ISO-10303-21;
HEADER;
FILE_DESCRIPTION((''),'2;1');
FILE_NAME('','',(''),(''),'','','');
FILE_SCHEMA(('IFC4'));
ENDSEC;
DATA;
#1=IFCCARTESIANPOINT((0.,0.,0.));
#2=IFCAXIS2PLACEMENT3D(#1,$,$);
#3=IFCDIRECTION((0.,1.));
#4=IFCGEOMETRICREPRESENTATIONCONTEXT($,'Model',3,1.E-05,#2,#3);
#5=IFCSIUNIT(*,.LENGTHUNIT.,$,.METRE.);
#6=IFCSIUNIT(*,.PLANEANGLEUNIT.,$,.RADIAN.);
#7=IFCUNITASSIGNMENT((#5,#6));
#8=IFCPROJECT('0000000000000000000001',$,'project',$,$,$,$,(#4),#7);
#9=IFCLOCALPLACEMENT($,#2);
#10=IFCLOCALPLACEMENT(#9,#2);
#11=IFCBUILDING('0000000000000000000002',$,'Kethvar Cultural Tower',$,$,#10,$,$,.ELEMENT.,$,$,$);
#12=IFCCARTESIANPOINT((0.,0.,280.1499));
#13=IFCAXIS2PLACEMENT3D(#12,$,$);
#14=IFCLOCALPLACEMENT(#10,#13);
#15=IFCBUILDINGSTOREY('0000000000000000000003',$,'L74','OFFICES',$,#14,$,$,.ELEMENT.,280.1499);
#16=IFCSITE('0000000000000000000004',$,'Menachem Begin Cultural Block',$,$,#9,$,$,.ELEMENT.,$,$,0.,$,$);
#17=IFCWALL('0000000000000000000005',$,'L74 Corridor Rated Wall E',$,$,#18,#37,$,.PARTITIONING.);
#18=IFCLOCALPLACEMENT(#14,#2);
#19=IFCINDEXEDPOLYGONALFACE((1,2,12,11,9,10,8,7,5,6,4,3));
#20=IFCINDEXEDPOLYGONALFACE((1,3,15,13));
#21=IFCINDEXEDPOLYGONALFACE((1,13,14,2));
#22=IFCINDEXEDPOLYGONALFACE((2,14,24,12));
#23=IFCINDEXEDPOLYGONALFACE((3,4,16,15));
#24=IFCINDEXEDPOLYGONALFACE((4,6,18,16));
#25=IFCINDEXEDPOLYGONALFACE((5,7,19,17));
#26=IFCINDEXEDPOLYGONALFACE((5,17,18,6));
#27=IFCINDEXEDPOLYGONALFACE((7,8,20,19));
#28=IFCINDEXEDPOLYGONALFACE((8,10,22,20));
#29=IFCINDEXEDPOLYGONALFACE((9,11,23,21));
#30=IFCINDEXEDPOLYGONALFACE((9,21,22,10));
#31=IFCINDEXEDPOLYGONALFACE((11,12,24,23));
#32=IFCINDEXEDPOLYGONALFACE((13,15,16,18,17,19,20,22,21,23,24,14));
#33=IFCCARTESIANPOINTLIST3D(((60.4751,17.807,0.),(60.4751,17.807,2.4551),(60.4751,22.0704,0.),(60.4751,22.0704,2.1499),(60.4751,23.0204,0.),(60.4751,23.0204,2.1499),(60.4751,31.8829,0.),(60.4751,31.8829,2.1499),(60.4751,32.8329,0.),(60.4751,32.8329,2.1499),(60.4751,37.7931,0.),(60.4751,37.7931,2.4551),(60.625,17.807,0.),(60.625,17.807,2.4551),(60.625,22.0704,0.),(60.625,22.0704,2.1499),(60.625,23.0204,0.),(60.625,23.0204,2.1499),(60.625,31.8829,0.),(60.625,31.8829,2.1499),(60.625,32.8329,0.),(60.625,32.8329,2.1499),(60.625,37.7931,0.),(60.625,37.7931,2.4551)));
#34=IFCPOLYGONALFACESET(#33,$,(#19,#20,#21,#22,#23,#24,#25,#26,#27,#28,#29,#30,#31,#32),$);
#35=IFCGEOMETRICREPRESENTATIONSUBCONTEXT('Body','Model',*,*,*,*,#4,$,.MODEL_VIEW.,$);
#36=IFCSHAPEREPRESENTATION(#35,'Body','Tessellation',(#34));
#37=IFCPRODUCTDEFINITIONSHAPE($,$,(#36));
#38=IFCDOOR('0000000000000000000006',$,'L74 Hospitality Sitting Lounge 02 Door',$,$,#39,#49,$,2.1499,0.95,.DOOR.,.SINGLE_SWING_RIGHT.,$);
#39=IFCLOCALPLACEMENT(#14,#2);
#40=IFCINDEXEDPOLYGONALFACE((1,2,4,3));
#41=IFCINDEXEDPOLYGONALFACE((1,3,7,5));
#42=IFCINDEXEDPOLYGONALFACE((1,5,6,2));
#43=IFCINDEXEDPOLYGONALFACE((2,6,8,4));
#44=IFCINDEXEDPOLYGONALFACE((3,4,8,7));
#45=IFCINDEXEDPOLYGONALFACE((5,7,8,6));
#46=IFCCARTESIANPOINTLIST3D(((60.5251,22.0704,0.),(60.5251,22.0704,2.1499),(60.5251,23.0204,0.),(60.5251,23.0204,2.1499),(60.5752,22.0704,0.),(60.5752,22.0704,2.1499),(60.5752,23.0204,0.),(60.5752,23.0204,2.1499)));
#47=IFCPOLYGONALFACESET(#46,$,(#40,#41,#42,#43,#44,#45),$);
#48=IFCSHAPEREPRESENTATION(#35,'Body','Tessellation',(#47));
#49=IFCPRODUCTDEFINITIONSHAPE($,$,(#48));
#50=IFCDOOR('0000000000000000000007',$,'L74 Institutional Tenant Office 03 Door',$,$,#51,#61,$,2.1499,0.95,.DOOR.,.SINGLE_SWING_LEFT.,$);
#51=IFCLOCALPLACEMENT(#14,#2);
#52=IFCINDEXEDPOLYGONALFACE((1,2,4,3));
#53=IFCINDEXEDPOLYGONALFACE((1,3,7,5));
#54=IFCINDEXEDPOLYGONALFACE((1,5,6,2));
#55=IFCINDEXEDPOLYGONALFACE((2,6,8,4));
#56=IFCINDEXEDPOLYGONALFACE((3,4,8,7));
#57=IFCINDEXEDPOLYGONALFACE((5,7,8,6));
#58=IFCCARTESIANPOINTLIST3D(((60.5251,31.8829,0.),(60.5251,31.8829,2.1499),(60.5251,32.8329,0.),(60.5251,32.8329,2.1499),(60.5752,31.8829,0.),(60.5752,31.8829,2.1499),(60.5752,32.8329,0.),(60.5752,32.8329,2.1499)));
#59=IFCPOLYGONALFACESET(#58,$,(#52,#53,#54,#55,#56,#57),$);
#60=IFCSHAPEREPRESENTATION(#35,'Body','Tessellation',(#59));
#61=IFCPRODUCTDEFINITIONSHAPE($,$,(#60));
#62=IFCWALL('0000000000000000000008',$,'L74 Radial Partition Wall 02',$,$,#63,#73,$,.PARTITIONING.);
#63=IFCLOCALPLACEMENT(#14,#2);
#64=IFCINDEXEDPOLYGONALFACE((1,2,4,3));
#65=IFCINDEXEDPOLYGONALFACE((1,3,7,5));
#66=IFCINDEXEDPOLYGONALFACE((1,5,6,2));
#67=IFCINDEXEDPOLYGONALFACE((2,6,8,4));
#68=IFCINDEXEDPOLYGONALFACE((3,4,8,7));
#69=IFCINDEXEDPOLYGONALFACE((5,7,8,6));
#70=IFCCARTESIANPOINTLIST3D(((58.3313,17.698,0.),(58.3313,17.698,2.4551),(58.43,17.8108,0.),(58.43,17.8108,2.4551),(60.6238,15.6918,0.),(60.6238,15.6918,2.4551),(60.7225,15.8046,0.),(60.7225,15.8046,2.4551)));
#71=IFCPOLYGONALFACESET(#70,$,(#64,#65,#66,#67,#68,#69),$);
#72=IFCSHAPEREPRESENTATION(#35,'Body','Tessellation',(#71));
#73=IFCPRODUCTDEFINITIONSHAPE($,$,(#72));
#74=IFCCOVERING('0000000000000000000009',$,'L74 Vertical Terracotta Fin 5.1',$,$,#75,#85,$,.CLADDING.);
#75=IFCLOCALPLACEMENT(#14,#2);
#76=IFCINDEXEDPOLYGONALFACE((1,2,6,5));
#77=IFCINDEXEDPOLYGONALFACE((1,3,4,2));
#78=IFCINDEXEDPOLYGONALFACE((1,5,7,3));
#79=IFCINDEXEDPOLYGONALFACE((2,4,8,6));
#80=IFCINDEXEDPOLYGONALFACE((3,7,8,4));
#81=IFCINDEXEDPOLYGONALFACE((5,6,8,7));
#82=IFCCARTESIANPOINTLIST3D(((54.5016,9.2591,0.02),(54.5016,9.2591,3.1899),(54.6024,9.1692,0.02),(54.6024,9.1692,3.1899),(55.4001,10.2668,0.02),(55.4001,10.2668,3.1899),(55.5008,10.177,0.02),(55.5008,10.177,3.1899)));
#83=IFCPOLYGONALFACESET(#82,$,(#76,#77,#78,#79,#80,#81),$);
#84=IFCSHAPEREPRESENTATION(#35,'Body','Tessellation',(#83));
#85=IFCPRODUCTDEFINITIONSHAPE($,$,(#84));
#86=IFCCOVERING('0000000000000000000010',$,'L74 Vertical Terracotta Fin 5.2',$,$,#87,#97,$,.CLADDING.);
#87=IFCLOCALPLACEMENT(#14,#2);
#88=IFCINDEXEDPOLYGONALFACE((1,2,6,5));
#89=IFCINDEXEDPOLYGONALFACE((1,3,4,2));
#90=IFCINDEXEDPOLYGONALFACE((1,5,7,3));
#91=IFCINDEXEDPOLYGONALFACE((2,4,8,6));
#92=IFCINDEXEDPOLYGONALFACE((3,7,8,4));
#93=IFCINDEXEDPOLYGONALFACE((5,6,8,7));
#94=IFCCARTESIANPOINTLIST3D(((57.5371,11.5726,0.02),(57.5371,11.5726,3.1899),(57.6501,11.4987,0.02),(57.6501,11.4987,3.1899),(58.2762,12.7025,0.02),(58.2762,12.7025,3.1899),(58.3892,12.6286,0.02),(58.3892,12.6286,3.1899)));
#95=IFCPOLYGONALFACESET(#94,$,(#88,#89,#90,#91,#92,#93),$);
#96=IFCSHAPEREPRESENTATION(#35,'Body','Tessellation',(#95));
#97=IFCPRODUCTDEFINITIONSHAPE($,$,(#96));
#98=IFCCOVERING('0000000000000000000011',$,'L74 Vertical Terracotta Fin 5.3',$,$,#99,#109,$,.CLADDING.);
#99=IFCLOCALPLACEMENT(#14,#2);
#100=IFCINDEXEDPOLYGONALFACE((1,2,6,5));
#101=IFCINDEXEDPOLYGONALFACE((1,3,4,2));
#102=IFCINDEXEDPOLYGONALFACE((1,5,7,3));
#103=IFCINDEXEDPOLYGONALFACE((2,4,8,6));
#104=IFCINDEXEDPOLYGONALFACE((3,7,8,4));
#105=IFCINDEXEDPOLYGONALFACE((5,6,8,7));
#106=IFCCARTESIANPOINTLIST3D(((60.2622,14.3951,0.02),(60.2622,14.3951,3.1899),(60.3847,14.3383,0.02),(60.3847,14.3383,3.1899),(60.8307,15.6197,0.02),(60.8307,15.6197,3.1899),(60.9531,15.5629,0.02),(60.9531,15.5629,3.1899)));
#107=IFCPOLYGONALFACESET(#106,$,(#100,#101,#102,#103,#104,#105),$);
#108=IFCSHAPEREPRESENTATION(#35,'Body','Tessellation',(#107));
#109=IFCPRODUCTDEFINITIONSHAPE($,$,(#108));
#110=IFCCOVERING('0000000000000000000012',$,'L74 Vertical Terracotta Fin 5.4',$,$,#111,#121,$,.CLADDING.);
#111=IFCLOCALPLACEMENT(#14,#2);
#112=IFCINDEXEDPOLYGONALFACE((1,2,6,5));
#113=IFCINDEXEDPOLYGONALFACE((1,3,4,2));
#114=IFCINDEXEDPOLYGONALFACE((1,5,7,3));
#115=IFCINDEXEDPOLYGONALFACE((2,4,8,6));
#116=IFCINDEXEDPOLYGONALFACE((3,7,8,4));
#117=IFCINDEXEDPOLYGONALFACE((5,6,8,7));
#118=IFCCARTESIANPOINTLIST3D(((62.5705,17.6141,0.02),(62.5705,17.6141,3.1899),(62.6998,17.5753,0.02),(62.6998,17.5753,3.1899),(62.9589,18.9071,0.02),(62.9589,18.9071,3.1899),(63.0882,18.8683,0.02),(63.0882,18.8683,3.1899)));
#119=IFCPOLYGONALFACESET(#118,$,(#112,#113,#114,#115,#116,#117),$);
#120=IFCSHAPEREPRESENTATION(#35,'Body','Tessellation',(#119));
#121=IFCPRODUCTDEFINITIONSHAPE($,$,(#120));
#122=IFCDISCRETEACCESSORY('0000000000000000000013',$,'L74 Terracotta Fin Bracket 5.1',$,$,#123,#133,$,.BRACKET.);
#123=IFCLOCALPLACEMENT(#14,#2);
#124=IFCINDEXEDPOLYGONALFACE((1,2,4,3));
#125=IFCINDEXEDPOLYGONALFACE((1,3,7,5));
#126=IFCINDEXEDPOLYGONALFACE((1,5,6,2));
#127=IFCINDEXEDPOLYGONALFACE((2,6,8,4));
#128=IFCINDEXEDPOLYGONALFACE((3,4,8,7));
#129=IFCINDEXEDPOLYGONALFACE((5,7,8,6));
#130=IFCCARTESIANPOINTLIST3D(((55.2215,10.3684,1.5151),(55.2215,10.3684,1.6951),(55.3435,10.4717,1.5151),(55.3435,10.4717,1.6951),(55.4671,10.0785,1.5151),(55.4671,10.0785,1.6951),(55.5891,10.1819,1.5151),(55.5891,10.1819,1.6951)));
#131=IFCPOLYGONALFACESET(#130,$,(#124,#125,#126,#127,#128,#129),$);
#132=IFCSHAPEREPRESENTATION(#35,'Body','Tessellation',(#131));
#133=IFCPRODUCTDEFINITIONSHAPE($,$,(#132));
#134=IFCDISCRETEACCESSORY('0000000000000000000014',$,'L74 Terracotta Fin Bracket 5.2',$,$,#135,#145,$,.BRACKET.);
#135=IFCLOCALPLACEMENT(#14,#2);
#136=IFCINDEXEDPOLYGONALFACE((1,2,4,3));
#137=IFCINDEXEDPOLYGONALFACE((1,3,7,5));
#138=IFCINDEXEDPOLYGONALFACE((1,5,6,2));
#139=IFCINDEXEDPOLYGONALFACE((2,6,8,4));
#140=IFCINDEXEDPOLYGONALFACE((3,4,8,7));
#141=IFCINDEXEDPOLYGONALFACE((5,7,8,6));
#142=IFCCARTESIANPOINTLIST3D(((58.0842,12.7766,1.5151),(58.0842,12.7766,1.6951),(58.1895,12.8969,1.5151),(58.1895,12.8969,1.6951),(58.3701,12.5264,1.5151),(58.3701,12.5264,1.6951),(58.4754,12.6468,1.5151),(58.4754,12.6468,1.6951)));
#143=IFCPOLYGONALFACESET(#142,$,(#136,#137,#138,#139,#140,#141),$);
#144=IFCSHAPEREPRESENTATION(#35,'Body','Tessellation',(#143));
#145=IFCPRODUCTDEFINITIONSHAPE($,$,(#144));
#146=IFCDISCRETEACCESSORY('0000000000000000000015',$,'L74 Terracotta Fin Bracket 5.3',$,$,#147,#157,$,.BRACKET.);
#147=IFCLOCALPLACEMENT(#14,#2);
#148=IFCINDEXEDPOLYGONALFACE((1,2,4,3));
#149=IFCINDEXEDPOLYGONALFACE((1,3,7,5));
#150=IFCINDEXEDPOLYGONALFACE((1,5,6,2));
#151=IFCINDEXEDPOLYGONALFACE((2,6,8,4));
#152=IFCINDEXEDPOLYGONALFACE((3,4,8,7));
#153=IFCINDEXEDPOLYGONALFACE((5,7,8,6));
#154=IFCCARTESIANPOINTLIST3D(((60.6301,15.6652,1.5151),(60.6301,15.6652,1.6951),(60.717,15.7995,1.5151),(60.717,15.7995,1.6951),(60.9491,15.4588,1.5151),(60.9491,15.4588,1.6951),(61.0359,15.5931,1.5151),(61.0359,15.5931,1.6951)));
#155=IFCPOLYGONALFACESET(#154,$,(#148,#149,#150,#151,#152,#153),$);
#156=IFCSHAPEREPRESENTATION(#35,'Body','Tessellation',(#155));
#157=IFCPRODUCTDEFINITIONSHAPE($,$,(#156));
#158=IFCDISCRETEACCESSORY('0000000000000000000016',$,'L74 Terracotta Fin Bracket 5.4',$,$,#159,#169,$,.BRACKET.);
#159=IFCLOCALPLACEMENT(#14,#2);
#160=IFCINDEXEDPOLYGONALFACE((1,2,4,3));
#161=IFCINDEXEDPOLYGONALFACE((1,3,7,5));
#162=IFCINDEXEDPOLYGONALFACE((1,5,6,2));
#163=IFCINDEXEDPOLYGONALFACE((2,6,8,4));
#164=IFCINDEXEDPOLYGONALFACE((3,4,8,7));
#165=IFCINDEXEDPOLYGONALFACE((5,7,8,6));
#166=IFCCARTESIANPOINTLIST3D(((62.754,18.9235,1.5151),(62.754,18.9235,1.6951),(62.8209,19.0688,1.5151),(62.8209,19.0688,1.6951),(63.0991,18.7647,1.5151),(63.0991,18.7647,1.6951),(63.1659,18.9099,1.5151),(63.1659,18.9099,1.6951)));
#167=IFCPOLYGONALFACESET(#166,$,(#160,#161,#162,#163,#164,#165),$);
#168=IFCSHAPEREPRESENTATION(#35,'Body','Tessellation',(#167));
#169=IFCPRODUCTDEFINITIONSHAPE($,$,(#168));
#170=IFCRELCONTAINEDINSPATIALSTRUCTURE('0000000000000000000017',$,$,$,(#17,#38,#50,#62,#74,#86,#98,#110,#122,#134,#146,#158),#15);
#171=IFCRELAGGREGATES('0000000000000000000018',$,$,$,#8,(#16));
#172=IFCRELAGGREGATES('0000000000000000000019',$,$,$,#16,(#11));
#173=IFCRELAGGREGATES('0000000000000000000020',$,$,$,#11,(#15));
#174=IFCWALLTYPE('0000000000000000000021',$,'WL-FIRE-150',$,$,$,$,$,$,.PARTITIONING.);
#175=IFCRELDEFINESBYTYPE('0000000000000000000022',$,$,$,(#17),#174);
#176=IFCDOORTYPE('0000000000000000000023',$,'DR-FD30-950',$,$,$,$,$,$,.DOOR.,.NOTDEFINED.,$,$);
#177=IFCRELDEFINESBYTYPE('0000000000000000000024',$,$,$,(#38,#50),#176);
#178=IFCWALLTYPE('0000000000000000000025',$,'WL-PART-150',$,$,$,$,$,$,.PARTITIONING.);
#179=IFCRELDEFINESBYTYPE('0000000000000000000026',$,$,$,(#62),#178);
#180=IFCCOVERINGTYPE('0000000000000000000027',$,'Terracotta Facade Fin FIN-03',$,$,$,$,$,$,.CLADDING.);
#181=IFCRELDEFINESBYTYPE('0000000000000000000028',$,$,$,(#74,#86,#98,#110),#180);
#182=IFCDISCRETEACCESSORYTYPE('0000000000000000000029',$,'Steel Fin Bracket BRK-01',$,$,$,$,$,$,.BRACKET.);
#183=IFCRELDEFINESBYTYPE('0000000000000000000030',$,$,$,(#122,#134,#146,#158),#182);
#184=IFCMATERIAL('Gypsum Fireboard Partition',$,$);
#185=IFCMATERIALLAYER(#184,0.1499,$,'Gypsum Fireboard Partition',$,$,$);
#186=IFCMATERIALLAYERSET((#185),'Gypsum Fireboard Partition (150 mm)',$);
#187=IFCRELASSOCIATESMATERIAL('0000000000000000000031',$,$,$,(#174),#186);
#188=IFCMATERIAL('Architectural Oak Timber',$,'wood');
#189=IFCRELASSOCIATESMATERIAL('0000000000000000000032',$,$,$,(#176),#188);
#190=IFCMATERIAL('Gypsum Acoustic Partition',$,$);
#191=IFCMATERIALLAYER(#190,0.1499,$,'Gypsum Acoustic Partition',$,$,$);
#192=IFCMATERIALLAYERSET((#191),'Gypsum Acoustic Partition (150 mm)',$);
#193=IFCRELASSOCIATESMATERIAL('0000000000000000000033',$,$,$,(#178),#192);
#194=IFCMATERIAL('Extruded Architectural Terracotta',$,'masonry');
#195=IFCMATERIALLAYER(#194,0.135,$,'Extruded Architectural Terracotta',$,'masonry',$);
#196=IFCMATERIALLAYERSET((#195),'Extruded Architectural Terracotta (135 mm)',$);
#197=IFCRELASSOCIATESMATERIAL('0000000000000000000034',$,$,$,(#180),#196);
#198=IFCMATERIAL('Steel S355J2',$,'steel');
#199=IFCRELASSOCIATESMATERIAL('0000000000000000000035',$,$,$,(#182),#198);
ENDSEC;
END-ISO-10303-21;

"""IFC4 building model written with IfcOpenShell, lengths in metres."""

from ifc_helpers import new_model, si_unit, direction, frame, frame_2d, origin, origin_2d, place, context, subcontext, project, spatial, rectangle, extrude, source, transform, mapped, material, layer, layer_set, type_object, element, fill, save


model = new_model("IFC4")

# Units and contexts
model_context = context("Model", 3, precision=1e-05, world=origin(), true_north=direction((0.0, 1.0)))
body_context = subcontext(model_context, "Body", "Model", "MODEL_VIEW")
ifc_project = project(units=[si_unit("LENGTHUNIT", "METRE"), si_unit("PLANEANGLEUNIT", "RADIAN")], contexts=[model_context])

# Site, building, storey
site_placement = place(None, origin())
site = spatial("IfcSite", under=ifc_project, at=site_placement, Name="Menachem Begin Cultural Block", CompositionType="ELEMENT", RefElevation=0.0)
building_placement = place(site_placement, origin())
building = spatial("IfcBuilding", under=site, at=building_placement, Name="Kethvar Cultural Tower", CompositionType="ELEMENT")
storey_placement = place(building_placement, frame((0.0, 0.0, 280.1499)))
storey = spatial("IfcBuildingStorey", under=building, at=storey_placement, Name="L74", Description="OFFICES", CompositionType="ELEMENT", Elevation=280.1499)

# Shared definitions
ifc_material_1 = material(Name="Steel S355J2", Category="steel")

# Wall, openings, doors
ifc_material_2 = material(Name="Gypsum Fireboard Partition")
ifc_layer_1 = layer(ifc_material_2, 0.1499, Name="Gypsum Fireboard Partition")
ifc_layer_set_1 = layer_set([ifc_layer_1], Name="Gypsum Fireboard Partition (150 mm)")
wall_type_1 = type_object("IfcWallType", Name="WL-FIRE-150", PredefinedType="PARTITIONING", material=ifc_layer_set_1)
wall_1_placement = place(storey_placement, frame((60.55, 17.8069, 0.0), z_axis=(0.0, 0.0, 1.0), x_axis=(0.0, 1.0, 0.0)))
wall_1 = element("IfcWall", 1, at=wall_1_placement, inside=storey, type_object=wall_type_1, Name="L74 Corridor Rated Wall E", PredefinedType="PARTITIONING", context=body_context, shape_type="SweptSolid", body=[
    extrude(rectangle(XDim=19.9861, YDim=0.1499, at=frame_2d((9.9932, 0.0))), origin(), (0.0, 0.0, 1.0), 2.4551),
])
opening_1_placement = place(wall_1_placement, frame((4.2634, 0.0, 0.0)))
opening_1 = element("IfcOpeningElement", 2, at=opening_1_placement, cuts=wall_1, PredefinedType="OPENING", context=body_context, shape_type="SweptSolid", body=[
    extrude(rectangle(XDim=0.95, YDim=2.1499, at=frame_2d((0.4751, 1.075))), frame((0.0, 0.085, 0.0), z_axis=(0.0, -1.0, 0.0), x_axis=(1.0, 0.0, 0.0)), (0.0, 0.0, 1.0), 0.1699),
])
opening_2_placement = place(wall_1_placement, frame((14.0759, 0.0, 0.0)))
opening_2 = element("IfcOpeningElement", 3, at=opening_2_placement, cuts=wall_1, PredefinedType="OPENING", context=body_context, shape_type="SweptSolid", body=[
    extrude(rectangle(XDim=0.95, YDim=2.1499, at=frame_2d((0.4751, 1.075))), frame((0.0, 0.085, 0.0), z_axis=(0.0, -1.0, 0.0), x_axis=(1.0, 0.0, 0.0)), (0.0, 0.0, 1.0), 0.1699),
])
ifc_material_3 = material(Name="Architectural Oak Timber", Category="wood")
door_type = type_object("IfcDoorType", Name="DR-FD30-950", OperationType="NOTDEFINED", PredefinedType="DOOR", material=ifc_material_3)
shared_shape_1 = source(origin(), body_context, "Body", "SweptSolid", [
    extrude(rectangle(XDim=0.95, YDim=2.1499, at=frame_2d((0.4751, 1.075))), frame((0.0, 0.0249, 0.0), z_axis=(0.0, -1.0, 0.0), x_axis=(1.0, 0.0, 0.0)), (0.0, 0.0, 1.0), 0.05),
])
door_1_placement = place(opening_1_placement, origin())
door_1 = element("IfcDoor", 4, at=door_1_placement, inside=storey, type_object=door_type, Name="L74 Hospitality Sitting Lounge 02 Door", OperationType="SINGLE_SWING_RIGHT", OverallHeight=2.1499, OverallWidth=0.95, PredefinedType="DOOR", context=body_context, shape_type="MappedRepresentation", body=[
    mapped(shared_shape_1, transform((0.0, 0.0, 0.0), scale=1.0)),
])
fill(opening_1, door_1)
door_2_placement = place(opening_2_placement, origin())
door_2 = element("IfcDoor", 5, at=door_2_placement, inside=storey, type_object=door_type, Name="L74 Institutional Tenant Office 03 Door", OperationType="SINGLE_SWING_LEFT", OverallHeight=2.1499, OverallWidth=0.95, PredefinedType="DOOR", context=body_context, shape_type="MappedRepresentation", body=[
    mapped(shared_shape_1, transform((0.0, 0.0, 0.0), scale=1.0)),
])
fill(opening_2, door_2)

# Wall
ifc_material_4 = material(Name="Gypsum Acoustic Partition")
ifc_layer_2 = layer(ifc_material_4, 0.1499, Name="Gypsum Acoustic Partition")
ifc_layer_set_2 = layer_set([ifc_layer_2], Name="Gypsum Acoustic Partition (150 mm)")
wall_type_2 = type_object("IfcWallType", Name="WL-PART-150", PredefinedType="PARTITIONING", material=ifc_layer_set_2)
wall_2_placement = place(storey_placement, frame((58.3806, 17.7544, 0.0), z_axis=(0.0, 0.0, 1.0), x_axis=(0.752547, -0.658539, 0.0)))
element("IfcWall", 6, at=wall_2_placement, inside=storey, type_object=wall_type_2, Name="L74 Radial Partition Wall 02", PredefinedType="PARTITIONING", context=body_context, shape_type="SweptSolid", body=[
    extrude(rectangle(XDim=3.0464, YDim=0.1499, at=frame_2d((1.5232, 0.0))), origin(), (0.0, 0.0, 1.0), 2.4551),
])

# Coverings
ifc_material_5 = material(Name="Extruded Architectural Terracotta", Category="masonry")
ifc_layer_3 = layer(ifc_material_5, 0.135, Name="Extruded Architectural Terracotta", Category="masonry")
ifc_layer_set_3 = layer_set([ifc_layer_3], Name="Extruded Architectural Terracotta (135 mm)")
covering_type = type_object("IfcCoveringType", Name="Terracotta Facade Fin FIN-03", PredefinedType="CLADDING", material=ifc_layer_set_3)
shared_shape_2 = source(origin(), body_context, "Body", "SweptSolid", [
    extrude(rectangle(XDim=1.3501, YDim=0.135, at=origin_2d()), origin(), (0.0, 0.0, 1.0), 3.1699),
])
for number, where, z_axis, x_axis, name in (
    (7, (55.0012, 9.718, 0.02), (0.0, 0.0, 1.0), (-0.665491, -0.746406, 0.0), "L74 Vertical Terracotta Fin 5.1"),
    (8, (57.9631, 12.1006, 0.02), (0.0, 0.0, 1.0), (-0.547417, -0.83686, 0.0), "L74 Vertical Terracotta Fin 5.2"),
    (9, (60.6077, 14.979, 0.02), (0.0, 0.0, 1.0), (-0.421036, -0.907044, 0.0), "L74 Vertical Terracotta Fin 5.3"),
    (10, (62.8293, 18.2412, 0.02), (0.0, 0.0, 1.0), (-0.287695, -0.957722, 0.0), "L74 Vertical Terracotta Fin 5.4"),
):
    element("IfcCovering", number, at=place(storey_placement, frame(where, z_axis=z_axis, x_axis=x_axis)), inside=storey, type_object=covering_type, Name=name, PredefinedType="CLADDING", context=body_context, shape_type="MappedRepresentation", body=[
        mapped(shared_shape_2, transform((0.0, 0.0, 0.0), scale=1.0)),
    ])

# Discrete accessories
discrete_accessory_type = type_object("IfcDiscreteAccessoryType", Name="Steel Fin Bracket BRK-01", PredefinedType="BRACKET", material=ifc_material_1)
shared_shape_3 = source(origin(), body_context, "Body", "SweptSolid", [
    extrude(rectangle(XDim=0.3799, YDim=0.1599, at=origin_2d()), origin(), (0.0, 0.0, 1.0), 0.1799),
])
for number, where, z_axis, x_axis, name in (
    (11, (55.4053, 10.2751, 1.5151), (0.0, 0.0, 1.0), (0.646524, -0.762894, 0.0), "L74 Terracotta Fin Bracket 5.1"),
    (12, (58.2798, 12.7117, 1.5151), (0.0, 0.0, 1.0), (0.75253, -0.658558, 0.0), "L74 Terracotta Fin Bracket 5.2"),
    (13, (60.833, 15.6292, 1.5151), (0.0, 0.0, 1.0), (0.83962, -0.543174, 0.0), "L74 Terracotta Fin Bracket 5.3"),
    (14, (62.96, 18.9167, 1.5151), (0.0, 0.0, 1.0), (0.908362, -0.418184, 0.0), "L74 Terracotta Fin Bracket 5.4"),
):
    element("IfcDiscreteAccessory", number, at=place(storey_placement, frame(where, z_axis=z_axis, x_axis=x_axis)), inside=storey, type_object=discrete_accessory_type, Name=name, PredefinedType="BRACKET", context=body_context, shape_type="MappedRepresentation", body=[
        mapped(shared_shape_3, transform((0.0, 0.0, 0.0), scale=1.0)),
    ])

save(model, "model.ifc")
